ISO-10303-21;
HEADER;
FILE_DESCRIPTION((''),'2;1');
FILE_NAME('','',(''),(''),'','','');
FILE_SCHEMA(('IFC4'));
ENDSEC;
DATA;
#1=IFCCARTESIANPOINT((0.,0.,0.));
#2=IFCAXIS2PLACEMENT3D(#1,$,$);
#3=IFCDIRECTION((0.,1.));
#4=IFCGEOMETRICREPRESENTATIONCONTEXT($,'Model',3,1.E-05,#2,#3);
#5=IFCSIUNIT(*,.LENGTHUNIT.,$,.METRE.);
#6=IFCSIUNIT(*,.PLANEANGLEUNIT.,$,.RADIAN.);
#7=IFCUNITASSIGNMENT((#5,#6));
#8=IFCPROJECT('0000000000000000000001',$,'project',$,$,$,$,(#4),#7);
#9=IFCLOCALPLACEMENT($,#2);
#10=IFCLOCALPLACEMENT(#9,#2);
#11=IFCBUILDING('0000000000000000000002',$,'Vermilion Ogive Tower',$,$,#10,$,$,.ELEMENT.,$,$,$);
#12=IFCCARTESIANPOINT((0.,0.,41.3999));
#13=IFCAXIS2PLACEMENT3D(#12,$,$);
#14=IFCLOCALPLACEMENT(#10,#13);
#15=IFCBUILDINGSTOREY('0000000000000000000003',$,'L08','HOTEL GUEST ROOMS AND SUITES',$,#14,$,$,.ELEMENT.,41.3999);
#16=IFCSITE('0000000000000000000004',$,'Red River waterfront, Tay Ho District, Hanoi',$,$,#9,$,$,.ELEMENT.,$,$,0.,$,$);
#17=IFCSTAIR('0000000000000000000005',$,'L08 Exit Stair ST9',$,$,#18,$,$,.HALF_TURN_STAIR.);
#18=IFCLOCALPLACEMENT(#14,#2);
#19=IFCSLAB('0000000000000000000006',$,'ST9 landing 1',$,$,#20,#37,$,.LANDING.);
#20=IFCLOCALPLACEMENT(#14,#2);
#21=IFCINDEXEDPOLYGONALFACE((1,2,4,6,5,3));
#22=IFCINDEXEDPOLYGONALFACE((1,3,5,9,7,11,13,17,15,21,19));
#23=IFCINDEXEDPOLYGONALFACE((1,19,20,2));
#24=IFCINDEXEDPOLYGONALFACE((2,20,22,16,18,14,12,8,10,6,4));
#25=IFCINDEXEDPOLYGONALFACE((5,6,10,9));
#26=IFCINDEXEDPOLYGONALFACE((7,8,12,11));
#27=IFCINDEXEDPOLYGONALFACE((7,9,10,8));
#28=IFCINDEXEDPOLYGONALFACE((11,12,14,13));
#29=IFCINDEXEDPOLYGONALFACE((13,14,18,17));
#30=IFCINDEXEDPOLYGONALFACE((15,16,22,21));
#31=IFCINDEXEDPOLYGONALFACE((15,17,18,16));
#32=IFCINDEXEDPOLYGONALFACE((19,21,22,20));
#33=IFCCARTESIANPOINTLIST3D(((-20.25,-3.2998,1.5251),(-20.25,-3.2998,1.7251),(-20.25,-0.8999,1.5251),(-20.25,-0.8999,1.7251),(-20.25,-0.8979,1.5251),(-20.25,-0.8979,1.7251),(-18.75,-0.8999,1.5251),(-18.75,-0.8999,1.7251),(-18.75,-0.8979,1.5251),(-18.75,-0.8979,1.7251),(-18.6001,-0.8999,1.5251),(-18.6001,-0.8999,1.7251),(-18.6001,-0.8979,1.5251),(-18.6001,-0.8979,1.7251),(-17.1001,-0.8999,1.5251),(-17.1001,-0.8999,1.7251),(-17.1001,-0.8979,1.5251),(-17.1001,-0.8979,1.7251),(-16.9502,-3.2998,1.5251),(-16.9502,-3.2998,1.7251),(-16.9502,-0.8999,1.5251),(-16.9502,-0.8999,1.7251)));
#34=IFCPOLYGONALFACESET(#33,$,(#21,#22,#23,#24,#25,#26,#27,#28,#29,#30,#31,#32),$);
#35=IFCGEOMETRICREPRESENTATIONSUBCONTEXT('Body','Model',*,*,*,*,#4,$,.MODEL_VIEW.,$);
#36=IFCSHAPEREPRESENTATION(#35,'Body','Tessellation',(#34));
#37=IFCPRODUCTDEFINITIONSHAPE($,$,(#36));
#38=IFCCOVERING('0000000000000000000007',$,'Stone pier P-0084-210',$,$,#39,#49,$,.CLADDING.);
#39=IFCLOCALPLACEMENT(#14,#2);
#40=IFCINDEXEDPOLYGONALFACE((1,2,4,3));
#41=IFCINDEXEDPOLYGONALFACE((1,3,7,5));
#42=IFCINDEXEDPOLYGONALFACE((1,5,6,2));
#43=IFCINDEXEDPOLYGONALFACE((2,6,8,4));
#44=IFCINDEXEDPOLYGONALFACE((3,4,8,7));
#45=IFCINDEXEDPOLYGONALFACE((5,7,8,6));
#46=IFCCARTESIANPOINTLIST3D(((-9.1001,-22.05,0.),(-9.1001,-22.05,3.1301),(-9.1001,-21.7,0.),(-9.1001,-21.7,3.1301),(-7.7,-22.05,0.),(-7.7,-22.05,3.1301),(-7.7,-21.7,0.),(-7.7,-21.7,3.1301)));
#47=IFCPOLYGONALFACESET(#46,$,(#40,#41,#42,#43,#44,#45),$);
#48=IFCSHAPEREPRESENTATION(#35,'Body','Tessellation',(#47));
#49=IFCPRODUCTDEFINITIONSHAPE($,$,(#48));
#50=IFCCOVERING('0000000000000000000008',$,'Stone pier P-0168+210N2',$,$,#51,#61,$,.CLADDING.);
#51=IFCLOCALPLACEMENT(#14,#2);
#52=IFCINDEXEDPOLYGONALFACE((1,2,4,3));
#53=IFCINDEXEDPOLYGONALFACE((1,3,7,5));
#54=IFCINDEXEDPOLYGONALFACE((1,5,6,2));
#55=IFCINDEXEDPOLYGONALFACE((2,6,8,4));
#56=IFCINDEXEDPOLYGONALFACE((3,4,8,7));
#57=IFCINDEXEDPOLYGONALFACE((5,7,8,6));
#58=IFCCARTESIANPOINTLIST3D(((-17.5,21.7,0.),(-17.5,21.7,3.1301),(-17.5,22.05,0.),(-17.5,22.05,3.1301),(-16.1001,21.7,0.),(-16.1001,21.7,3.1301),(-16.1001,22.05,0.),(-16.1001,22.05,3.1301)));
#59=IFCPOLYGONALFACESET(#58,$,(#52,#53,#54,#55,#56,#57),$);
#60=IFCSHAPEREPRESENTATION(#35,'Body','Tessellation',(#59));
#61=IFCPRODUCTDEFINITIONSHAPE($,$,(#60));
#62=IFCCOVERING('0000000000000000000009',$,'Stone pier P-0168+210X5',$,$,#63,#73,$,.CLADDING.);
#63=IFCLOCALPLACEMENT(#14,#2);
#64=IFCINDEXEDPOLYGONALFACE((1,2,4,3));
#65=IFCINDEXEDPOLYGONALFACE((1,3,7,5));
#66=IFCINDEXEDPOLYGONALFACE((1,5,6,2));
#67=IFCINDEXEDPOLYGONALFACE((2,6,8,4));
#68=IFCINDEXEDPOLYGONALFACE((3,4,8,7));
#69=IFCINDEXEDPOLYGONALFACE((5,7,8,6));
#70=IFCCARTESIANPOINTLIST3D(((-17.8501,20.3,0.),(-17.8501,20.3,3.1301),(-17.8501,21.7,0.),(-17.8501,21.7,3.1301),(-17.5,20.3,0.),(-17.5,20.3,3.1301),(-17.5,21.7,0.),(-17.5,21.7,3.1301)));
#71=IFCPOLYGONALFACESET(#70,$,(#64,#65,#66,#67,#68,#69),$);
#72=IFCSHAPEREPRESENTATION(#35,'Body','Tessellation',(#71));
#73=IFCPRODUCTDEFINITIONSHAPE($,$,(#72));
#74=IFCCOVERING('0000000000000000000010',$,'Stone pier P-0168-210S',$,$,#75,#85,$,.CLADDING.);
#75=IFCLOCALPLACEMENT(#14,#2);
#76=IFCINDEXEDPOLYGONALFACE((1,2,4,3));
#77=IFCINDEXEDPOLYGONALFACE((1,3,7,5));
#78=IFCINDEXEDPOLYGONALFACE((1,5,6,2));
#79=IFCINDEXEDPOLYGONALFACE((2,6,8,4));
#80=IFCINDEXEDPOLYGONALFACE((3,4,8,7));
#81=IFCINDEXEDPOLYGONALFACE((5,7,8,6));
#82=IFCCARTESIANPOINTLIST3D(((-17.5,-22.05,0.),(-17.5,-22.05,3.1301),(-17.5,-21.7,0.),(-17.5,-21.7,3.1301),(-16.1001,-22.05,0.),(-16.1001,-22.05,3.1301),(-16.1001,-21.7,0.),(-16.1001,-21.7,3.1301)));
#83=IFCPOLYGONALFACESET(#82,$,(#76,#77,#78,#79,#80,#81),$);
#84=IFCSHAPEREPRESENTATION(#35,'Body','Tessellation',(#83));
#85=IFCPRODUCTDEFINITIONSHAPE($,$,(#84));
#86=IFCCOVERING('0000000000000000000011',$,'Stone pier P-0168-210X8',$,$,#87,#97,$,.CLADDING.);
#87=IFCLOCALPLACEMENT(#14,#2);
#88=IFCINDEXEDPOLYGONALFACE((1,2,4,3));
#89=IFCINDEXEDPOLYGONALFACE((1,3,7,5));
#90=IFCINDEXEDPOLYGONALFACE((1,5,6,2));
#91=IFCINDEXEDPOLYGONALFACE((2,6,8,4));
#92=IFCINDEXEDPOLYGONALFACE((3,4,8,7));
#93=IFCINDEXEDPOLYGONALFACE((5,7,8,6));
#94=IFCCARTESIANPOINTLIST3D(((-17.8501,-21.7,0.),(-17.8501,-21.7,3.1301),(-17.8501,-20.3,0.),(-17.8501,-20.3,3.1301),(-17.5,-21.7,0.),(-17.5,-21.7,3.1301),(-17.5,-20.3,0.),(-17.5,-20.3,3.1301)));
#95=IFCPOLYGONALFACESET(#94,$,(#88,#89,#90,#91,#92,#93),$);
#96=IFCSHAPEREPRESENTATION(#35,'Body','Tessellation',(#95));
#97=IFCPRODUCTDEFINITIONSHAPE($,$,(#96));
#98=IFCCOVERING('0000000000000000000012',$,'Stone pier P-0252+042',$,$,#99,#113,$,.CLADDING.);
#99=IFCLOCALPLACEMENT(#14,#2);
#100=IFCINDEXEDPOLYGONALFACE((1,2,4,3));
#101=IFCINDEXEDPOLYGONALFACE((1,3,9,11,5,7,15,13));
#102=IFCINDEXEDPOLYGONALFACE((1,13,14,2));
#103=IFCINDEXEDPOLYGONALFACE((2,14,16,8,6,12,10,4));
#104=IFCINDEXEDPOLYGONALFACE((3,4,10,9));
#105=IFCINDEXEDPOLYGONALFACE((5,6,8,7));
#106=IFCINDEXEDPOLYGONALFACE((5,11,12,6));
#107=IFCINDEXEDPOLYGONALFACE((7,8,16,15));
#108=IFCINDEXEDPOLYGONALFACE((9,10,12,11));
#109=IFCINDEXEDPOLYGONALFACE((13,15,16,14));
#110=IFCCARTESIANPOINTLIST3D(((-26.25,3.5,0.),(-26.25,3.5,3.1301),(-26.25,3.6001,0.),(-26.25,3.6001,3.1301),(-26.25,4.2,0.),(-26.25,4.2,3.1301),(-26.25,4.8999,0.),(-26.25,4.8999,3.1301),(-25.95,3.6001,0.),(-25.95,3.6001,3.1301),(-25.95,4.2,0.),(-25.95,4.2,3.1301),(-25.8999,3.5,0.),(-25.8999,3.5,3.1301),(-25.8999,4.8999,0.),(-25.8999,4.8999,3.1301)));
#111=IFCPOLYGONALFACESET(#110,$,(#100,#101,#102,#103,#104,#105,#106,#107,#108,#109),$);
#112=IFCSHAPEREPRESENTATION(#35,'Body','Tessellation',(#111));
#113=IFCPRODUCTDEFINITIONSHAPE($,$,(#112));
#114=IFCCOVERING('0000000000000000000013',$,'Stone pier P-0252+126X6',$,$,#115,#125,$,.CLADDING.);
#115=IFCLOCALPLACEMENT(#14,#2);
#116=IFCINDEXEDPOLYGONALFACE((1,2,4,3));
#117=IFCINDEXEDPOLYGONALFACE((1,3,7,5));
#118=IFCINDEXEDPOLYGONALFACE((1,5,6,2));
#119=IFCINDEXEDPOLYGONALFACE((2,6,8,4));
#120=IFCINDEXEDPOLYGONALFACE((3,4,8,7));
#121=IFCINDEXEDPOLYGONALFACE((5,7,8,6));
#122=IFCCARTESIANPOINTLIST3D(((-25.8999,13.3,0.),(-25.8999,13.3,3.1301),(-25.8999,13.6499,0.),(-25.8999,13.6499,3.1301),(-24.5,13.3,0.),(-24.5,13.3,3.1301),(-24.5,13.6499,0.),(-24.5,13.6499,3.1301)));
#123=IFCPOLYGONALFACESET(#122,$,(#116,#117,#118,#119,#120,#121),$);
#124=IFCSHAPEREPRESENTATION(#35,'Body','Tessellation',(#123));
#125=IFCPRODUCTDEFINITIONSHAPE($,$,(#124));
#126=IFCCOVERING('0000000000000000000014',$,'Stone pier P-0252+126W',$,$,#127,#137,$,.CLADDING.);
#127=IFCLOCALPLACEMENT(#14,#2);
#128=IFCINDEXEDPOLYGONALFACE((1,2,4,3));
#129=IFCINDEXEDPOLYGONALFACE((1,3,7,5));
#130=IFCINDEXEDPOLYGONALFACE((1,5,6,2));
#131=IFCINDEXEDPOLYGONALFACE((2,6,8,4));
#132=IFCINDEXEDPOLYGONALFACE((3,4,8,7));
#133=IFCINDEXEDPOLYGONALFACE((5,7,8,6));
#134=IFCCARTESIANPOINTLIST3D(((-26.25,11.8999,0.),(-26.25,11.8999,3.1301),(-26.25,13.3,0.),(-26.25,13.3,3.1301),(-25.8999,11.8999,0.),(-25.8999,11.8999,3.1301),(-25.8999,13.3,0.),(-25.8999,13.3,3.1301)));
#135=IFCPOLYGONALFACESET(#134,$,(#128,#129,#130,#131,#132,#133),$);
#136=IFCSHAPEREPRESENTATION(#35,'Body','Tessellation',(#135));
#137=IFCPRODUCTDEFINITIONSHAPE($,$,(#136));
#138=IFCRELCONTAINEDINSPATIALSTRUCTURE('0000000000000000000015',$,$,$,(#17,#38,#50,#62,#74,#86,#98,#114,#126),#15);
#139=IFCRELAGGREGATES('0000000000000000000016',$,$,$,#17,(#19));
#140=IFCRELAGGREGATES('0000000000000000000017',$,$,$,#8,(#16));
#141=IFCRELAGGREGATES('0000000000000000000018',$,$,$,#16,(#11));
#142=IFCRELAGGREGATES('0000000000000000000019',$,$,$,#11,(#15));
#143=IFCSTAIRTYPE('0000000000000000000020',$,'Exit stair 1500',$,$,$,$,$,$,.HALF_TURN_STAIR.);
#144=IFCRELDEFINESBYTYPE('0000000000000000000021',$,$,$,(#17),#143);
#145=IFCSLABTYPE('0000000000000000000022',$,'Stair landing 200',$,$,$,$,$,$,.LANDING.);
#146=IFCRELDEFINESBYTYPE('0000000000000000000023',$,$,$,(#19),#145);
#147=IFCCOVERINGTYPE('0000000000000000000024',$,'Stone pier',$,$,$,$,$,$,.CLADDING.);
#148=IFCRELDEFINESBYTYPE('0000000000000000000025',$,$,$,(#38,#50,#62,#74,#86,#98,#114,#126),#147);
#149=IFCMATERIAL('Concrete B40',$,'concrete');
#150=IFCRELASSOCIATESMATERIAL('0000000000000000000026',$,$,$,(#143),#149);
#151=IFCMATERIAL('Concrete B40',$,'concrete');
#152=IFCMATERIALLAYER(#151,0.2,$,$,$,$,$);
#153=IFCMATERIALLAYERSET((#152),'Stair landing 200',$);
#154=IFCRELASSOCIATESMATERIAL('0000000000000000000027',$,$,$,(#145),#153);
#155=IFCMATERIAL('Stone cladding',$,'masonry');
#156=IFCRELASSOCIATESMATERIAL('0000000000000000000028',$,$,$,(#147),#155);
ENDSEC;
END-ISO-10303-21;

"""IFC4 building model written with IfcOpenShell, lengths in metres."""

from ifc_helpers import new_model, si_unit, direction, frame, origin, place, context, subcontext, project, spatial, polyline, outline, extrude, material, layer, layer_set, type_object, element, aggregate, save


model = new_model("IFC4")

# Units and contexts
model_context = context("Model", 3, precision=1e-05, world=origin(), true_north=direction((0.0, 1.0)))
body_context = subcontext(model_context, "Body", "Model", "MODEL_VIEW")
ifc_project = project(units=[si_unit("LENGTHUNIT", "METRE"), si_unit("PLANEANGLEUNIT", "RADIAN")], contexts=[model_context])

# Site, building, storey
site_placement = place(None, origin())
site = spatial("IfcSite", under=ifc_project, at=site_placement, Name="Red River waterfront, Tay Ho District, Hanoi", CompositionType="ELEMENT", RefElevation=0.0)
building_placement = place(site_placement, origin())
building = spatial("IfcBuilding", under=site, at=building_placement, Name="Vermilion Ogive Tower", CompositionType="ELEMENT")
storey_placement = place(building_placement, frame((0.0, 0.0, 41.3999)))
storey = spatial("IfcBuildingStorey", under=building, at=storey_placement, Name="L08", Description="HOTEL GUEST ROOMS AND SUITES", CompositionType="ELEMENT", Elevation=41.3999)

# Stair, slab
ifc_material_1 = material(Name="Concrete B40", Category="concrete")
stair_type = type_object("IfcStairType", Name="Exit stair 1500", PredefinedType="HALF_TURN_STAIR", material=ifc_material_1)
ifc_material_2 = material(Name="Concrete B40", Category="concrete")
ifc_layer_1 = layer(ifc_material_2, 0.2)
ifc_layer_set_1 = layer_set([ifc_layer_1], Name="Stair landing 200")
slab_type_1 = type_object("IfcSlabType", Name="Stair landing 200", PredefinedType="LANDING", material=ifc_layer_set_1)
stair_1_placement = place(storey_placement, origin())
stair_1 = element("IfcStair", 1, at=stair_1_placement, inside=storey, type_object=stair_type, Name="L08 Exit Stair ST9", PredefinedType="HALF_TURN_STAIR")
slab_1_placement = place(storey_placement, frame((0.0, 0.0, 1.5251)))
slab_1 = element("IfcSlab", 2, at=slab_1_placement, type_object=slab_type_1, Name="ST9 landing 1", PredefinedType="LANDING", context=body_context, shape_type="SweptSolid", body=[
    extrude(outline(polyline([(-16.9502, -0.8999), (-17.1001, -0.8999), (-17.1001, -0.8979), (-18.6001, -0.8979), (-18.6001, -0.8999), (-18.75, -0.8999), (-18.75, -0.8979), (-20.25, -0.8979), (-20.25, -0.8999), (-20.25, -0.8999), (-20.25, -3.2998), (-16.9502, -3.2998), (-16.9502, -0.8999)])), origin(), (0.0, 0.0, 1.0), 0.2),
])
aggregate(stair_1, [slab_1])

# Coverings
ifc_material_3 = material(Name="Stone cladding", Category="masonry")
covering_type = type_object("IfcCoveringType", Name="Stone pier", PredefinedType="CLADDING", material=ifc_material_3)
covering_1_placement = place(storey_placement, origin())
element("IfcCovering", 3, at=covering_1_placement, inside=storey, type_object=covering_type, Name="Stone pier P-0084-210", PredefinedType="CLADDING", context=body_context, shape_type="SweptSolid", body=[
    extrude(outline(polyline([(-7.7, -22.05), (-9.1001, -22.05), (-9.1001, -21.7), (-7.7, -21.7), (-7.7, -22.05)])), origin(), (0.0, 0.0, 1.0), 3.1301),
])
covering_2_placement = place(storey_placement, origin())
element("IfcCovering", 4, at=covering_2_placement, inside=storey, type_object=covering_type, Name="Stone pier P-0168+210N2", PredefinedType="CLADDING", context=body_context, shape_type="SweptSolid", body=[
    extrude(outline(polyline([(-17.5, 21.7), (-17.5, 22.05), (-16.1001, 22.05), (-16.1001, 21.7), (-17.5, 21.7), (-17.5, 21.7)])), origin(), (0.0, 0.0, 1.0), 3.1301),
])
covering_3_placement = place(storey_placement, origin())
element("IfcCovering", 5, at=covering_3_placement, inside=storey, type_object=covering_type, Name="Stone pier P-0168+210X5", PredefinedType="CLADDING", context=body_context, shape_type="SweptSolid", body=[
    extrude(outline(polyline([(-17.8501, 21.7), (-17.5, 21.7), (-17.5, 21.7), (-17.5, 20.3), (-17.8501, 20.3), (-17.8501, 21.7)])), origin(), (0.0, 0.0, 1.0), 3.1301),
])
covering_4_placement = place(storey_placement, origin())
element("IfcCovering", 6, at=covering_4_placement, inside=storey, type_object=covering_type, Name="Stone pier P-0168-210S", PredefinedType="CLADDING", context=body_context, shape_type="SweptSolid", body=[
    extrude(outline(polyline([(-16.1001, -22.05), (-17.5, -22.05), (-17.5, -21.7), (-16.1001, -21.7), (-16.1001, -22.05)])), origin(), (0.0, 0.0, 1.0), 3.1301),
])
covering_5_placement = place(storey_placement, origin())
element("IfcCovering", 7, at=covering_5_placement, inside=storey, type_object=covering_type, Name="Stone pier P-0168-210X8", PredefinedType="CLADDING", context=body_context, shape_type="SweptSolid", body=[
    extrude(outline(polyline([(-17.8501, -20.3), (-17.5, -20.3), (-17.5, -21.7), (-17.8501, -21.7), (-17.8501, -20.3)])), origin(), (0.0, 0.0, 1.0), 3.1301),
])
covering_6_placement = place(storey_placement, origin())
element("IfcCovering", 8, at=covering_6_placement, inside=storey, type_object=covering_type, Name="Stone pier P-0252+042", PredefinedType="CLADDING", context=body_context, shape_type="SweptSolid", body=[
    extrude(outline(polyline([(-26.25, 3.5), (-26.25, 3.6001), (-25.95, 3.6001), (-25.95, 4.2), (-26.25, 4.2), (-26.25, 4.8999), (-25.8999, 4.8999), (-25.8999, 3.5), (-26.25, 3.5)])), origin(), (0.0, 0.0, 1.0), 3.1301),
])
covering_7_placement = place(storey_placement, origin())
element("IfcCovering", 9, at=covering_7_placement, inside=storey, type_object=covering_type, Name="Stone pier P-0252+126X6", PredefinedType="CLADDING", context=body_context, shape_type="SweptSolid", body=[
    extrude(outline(polyline([(-25.8999, 13.3), (-25.8999, 13.6499), (-24.5, 13.6499), (-24.5, 13.3), (-24.5, 13.3), (-25.8999, 13.3)])), origin(), (0.0, 0.0, 1.0), 3.1301),
])
covering_8_placement = place(storey_placement, origin())
element("IfcCovering", 10, at=covering_8_placement, inside=storey, type_object=covering_type, Name="Stone pier P-0252+126W", PredefinedType="CLADDING", context=body_context, shape_type="SweptSolid", body=[
    extrude(outline(polyline([(-26.25, 13.3), (-25.8999, 13.3), (-25.8999, 11.8999), (-26.25, 11.8999), (-26.25, 13.3)])), origin(), (0.0, 0.0, 1.0), 3.1301),
])

save(model, "model.ifc")
